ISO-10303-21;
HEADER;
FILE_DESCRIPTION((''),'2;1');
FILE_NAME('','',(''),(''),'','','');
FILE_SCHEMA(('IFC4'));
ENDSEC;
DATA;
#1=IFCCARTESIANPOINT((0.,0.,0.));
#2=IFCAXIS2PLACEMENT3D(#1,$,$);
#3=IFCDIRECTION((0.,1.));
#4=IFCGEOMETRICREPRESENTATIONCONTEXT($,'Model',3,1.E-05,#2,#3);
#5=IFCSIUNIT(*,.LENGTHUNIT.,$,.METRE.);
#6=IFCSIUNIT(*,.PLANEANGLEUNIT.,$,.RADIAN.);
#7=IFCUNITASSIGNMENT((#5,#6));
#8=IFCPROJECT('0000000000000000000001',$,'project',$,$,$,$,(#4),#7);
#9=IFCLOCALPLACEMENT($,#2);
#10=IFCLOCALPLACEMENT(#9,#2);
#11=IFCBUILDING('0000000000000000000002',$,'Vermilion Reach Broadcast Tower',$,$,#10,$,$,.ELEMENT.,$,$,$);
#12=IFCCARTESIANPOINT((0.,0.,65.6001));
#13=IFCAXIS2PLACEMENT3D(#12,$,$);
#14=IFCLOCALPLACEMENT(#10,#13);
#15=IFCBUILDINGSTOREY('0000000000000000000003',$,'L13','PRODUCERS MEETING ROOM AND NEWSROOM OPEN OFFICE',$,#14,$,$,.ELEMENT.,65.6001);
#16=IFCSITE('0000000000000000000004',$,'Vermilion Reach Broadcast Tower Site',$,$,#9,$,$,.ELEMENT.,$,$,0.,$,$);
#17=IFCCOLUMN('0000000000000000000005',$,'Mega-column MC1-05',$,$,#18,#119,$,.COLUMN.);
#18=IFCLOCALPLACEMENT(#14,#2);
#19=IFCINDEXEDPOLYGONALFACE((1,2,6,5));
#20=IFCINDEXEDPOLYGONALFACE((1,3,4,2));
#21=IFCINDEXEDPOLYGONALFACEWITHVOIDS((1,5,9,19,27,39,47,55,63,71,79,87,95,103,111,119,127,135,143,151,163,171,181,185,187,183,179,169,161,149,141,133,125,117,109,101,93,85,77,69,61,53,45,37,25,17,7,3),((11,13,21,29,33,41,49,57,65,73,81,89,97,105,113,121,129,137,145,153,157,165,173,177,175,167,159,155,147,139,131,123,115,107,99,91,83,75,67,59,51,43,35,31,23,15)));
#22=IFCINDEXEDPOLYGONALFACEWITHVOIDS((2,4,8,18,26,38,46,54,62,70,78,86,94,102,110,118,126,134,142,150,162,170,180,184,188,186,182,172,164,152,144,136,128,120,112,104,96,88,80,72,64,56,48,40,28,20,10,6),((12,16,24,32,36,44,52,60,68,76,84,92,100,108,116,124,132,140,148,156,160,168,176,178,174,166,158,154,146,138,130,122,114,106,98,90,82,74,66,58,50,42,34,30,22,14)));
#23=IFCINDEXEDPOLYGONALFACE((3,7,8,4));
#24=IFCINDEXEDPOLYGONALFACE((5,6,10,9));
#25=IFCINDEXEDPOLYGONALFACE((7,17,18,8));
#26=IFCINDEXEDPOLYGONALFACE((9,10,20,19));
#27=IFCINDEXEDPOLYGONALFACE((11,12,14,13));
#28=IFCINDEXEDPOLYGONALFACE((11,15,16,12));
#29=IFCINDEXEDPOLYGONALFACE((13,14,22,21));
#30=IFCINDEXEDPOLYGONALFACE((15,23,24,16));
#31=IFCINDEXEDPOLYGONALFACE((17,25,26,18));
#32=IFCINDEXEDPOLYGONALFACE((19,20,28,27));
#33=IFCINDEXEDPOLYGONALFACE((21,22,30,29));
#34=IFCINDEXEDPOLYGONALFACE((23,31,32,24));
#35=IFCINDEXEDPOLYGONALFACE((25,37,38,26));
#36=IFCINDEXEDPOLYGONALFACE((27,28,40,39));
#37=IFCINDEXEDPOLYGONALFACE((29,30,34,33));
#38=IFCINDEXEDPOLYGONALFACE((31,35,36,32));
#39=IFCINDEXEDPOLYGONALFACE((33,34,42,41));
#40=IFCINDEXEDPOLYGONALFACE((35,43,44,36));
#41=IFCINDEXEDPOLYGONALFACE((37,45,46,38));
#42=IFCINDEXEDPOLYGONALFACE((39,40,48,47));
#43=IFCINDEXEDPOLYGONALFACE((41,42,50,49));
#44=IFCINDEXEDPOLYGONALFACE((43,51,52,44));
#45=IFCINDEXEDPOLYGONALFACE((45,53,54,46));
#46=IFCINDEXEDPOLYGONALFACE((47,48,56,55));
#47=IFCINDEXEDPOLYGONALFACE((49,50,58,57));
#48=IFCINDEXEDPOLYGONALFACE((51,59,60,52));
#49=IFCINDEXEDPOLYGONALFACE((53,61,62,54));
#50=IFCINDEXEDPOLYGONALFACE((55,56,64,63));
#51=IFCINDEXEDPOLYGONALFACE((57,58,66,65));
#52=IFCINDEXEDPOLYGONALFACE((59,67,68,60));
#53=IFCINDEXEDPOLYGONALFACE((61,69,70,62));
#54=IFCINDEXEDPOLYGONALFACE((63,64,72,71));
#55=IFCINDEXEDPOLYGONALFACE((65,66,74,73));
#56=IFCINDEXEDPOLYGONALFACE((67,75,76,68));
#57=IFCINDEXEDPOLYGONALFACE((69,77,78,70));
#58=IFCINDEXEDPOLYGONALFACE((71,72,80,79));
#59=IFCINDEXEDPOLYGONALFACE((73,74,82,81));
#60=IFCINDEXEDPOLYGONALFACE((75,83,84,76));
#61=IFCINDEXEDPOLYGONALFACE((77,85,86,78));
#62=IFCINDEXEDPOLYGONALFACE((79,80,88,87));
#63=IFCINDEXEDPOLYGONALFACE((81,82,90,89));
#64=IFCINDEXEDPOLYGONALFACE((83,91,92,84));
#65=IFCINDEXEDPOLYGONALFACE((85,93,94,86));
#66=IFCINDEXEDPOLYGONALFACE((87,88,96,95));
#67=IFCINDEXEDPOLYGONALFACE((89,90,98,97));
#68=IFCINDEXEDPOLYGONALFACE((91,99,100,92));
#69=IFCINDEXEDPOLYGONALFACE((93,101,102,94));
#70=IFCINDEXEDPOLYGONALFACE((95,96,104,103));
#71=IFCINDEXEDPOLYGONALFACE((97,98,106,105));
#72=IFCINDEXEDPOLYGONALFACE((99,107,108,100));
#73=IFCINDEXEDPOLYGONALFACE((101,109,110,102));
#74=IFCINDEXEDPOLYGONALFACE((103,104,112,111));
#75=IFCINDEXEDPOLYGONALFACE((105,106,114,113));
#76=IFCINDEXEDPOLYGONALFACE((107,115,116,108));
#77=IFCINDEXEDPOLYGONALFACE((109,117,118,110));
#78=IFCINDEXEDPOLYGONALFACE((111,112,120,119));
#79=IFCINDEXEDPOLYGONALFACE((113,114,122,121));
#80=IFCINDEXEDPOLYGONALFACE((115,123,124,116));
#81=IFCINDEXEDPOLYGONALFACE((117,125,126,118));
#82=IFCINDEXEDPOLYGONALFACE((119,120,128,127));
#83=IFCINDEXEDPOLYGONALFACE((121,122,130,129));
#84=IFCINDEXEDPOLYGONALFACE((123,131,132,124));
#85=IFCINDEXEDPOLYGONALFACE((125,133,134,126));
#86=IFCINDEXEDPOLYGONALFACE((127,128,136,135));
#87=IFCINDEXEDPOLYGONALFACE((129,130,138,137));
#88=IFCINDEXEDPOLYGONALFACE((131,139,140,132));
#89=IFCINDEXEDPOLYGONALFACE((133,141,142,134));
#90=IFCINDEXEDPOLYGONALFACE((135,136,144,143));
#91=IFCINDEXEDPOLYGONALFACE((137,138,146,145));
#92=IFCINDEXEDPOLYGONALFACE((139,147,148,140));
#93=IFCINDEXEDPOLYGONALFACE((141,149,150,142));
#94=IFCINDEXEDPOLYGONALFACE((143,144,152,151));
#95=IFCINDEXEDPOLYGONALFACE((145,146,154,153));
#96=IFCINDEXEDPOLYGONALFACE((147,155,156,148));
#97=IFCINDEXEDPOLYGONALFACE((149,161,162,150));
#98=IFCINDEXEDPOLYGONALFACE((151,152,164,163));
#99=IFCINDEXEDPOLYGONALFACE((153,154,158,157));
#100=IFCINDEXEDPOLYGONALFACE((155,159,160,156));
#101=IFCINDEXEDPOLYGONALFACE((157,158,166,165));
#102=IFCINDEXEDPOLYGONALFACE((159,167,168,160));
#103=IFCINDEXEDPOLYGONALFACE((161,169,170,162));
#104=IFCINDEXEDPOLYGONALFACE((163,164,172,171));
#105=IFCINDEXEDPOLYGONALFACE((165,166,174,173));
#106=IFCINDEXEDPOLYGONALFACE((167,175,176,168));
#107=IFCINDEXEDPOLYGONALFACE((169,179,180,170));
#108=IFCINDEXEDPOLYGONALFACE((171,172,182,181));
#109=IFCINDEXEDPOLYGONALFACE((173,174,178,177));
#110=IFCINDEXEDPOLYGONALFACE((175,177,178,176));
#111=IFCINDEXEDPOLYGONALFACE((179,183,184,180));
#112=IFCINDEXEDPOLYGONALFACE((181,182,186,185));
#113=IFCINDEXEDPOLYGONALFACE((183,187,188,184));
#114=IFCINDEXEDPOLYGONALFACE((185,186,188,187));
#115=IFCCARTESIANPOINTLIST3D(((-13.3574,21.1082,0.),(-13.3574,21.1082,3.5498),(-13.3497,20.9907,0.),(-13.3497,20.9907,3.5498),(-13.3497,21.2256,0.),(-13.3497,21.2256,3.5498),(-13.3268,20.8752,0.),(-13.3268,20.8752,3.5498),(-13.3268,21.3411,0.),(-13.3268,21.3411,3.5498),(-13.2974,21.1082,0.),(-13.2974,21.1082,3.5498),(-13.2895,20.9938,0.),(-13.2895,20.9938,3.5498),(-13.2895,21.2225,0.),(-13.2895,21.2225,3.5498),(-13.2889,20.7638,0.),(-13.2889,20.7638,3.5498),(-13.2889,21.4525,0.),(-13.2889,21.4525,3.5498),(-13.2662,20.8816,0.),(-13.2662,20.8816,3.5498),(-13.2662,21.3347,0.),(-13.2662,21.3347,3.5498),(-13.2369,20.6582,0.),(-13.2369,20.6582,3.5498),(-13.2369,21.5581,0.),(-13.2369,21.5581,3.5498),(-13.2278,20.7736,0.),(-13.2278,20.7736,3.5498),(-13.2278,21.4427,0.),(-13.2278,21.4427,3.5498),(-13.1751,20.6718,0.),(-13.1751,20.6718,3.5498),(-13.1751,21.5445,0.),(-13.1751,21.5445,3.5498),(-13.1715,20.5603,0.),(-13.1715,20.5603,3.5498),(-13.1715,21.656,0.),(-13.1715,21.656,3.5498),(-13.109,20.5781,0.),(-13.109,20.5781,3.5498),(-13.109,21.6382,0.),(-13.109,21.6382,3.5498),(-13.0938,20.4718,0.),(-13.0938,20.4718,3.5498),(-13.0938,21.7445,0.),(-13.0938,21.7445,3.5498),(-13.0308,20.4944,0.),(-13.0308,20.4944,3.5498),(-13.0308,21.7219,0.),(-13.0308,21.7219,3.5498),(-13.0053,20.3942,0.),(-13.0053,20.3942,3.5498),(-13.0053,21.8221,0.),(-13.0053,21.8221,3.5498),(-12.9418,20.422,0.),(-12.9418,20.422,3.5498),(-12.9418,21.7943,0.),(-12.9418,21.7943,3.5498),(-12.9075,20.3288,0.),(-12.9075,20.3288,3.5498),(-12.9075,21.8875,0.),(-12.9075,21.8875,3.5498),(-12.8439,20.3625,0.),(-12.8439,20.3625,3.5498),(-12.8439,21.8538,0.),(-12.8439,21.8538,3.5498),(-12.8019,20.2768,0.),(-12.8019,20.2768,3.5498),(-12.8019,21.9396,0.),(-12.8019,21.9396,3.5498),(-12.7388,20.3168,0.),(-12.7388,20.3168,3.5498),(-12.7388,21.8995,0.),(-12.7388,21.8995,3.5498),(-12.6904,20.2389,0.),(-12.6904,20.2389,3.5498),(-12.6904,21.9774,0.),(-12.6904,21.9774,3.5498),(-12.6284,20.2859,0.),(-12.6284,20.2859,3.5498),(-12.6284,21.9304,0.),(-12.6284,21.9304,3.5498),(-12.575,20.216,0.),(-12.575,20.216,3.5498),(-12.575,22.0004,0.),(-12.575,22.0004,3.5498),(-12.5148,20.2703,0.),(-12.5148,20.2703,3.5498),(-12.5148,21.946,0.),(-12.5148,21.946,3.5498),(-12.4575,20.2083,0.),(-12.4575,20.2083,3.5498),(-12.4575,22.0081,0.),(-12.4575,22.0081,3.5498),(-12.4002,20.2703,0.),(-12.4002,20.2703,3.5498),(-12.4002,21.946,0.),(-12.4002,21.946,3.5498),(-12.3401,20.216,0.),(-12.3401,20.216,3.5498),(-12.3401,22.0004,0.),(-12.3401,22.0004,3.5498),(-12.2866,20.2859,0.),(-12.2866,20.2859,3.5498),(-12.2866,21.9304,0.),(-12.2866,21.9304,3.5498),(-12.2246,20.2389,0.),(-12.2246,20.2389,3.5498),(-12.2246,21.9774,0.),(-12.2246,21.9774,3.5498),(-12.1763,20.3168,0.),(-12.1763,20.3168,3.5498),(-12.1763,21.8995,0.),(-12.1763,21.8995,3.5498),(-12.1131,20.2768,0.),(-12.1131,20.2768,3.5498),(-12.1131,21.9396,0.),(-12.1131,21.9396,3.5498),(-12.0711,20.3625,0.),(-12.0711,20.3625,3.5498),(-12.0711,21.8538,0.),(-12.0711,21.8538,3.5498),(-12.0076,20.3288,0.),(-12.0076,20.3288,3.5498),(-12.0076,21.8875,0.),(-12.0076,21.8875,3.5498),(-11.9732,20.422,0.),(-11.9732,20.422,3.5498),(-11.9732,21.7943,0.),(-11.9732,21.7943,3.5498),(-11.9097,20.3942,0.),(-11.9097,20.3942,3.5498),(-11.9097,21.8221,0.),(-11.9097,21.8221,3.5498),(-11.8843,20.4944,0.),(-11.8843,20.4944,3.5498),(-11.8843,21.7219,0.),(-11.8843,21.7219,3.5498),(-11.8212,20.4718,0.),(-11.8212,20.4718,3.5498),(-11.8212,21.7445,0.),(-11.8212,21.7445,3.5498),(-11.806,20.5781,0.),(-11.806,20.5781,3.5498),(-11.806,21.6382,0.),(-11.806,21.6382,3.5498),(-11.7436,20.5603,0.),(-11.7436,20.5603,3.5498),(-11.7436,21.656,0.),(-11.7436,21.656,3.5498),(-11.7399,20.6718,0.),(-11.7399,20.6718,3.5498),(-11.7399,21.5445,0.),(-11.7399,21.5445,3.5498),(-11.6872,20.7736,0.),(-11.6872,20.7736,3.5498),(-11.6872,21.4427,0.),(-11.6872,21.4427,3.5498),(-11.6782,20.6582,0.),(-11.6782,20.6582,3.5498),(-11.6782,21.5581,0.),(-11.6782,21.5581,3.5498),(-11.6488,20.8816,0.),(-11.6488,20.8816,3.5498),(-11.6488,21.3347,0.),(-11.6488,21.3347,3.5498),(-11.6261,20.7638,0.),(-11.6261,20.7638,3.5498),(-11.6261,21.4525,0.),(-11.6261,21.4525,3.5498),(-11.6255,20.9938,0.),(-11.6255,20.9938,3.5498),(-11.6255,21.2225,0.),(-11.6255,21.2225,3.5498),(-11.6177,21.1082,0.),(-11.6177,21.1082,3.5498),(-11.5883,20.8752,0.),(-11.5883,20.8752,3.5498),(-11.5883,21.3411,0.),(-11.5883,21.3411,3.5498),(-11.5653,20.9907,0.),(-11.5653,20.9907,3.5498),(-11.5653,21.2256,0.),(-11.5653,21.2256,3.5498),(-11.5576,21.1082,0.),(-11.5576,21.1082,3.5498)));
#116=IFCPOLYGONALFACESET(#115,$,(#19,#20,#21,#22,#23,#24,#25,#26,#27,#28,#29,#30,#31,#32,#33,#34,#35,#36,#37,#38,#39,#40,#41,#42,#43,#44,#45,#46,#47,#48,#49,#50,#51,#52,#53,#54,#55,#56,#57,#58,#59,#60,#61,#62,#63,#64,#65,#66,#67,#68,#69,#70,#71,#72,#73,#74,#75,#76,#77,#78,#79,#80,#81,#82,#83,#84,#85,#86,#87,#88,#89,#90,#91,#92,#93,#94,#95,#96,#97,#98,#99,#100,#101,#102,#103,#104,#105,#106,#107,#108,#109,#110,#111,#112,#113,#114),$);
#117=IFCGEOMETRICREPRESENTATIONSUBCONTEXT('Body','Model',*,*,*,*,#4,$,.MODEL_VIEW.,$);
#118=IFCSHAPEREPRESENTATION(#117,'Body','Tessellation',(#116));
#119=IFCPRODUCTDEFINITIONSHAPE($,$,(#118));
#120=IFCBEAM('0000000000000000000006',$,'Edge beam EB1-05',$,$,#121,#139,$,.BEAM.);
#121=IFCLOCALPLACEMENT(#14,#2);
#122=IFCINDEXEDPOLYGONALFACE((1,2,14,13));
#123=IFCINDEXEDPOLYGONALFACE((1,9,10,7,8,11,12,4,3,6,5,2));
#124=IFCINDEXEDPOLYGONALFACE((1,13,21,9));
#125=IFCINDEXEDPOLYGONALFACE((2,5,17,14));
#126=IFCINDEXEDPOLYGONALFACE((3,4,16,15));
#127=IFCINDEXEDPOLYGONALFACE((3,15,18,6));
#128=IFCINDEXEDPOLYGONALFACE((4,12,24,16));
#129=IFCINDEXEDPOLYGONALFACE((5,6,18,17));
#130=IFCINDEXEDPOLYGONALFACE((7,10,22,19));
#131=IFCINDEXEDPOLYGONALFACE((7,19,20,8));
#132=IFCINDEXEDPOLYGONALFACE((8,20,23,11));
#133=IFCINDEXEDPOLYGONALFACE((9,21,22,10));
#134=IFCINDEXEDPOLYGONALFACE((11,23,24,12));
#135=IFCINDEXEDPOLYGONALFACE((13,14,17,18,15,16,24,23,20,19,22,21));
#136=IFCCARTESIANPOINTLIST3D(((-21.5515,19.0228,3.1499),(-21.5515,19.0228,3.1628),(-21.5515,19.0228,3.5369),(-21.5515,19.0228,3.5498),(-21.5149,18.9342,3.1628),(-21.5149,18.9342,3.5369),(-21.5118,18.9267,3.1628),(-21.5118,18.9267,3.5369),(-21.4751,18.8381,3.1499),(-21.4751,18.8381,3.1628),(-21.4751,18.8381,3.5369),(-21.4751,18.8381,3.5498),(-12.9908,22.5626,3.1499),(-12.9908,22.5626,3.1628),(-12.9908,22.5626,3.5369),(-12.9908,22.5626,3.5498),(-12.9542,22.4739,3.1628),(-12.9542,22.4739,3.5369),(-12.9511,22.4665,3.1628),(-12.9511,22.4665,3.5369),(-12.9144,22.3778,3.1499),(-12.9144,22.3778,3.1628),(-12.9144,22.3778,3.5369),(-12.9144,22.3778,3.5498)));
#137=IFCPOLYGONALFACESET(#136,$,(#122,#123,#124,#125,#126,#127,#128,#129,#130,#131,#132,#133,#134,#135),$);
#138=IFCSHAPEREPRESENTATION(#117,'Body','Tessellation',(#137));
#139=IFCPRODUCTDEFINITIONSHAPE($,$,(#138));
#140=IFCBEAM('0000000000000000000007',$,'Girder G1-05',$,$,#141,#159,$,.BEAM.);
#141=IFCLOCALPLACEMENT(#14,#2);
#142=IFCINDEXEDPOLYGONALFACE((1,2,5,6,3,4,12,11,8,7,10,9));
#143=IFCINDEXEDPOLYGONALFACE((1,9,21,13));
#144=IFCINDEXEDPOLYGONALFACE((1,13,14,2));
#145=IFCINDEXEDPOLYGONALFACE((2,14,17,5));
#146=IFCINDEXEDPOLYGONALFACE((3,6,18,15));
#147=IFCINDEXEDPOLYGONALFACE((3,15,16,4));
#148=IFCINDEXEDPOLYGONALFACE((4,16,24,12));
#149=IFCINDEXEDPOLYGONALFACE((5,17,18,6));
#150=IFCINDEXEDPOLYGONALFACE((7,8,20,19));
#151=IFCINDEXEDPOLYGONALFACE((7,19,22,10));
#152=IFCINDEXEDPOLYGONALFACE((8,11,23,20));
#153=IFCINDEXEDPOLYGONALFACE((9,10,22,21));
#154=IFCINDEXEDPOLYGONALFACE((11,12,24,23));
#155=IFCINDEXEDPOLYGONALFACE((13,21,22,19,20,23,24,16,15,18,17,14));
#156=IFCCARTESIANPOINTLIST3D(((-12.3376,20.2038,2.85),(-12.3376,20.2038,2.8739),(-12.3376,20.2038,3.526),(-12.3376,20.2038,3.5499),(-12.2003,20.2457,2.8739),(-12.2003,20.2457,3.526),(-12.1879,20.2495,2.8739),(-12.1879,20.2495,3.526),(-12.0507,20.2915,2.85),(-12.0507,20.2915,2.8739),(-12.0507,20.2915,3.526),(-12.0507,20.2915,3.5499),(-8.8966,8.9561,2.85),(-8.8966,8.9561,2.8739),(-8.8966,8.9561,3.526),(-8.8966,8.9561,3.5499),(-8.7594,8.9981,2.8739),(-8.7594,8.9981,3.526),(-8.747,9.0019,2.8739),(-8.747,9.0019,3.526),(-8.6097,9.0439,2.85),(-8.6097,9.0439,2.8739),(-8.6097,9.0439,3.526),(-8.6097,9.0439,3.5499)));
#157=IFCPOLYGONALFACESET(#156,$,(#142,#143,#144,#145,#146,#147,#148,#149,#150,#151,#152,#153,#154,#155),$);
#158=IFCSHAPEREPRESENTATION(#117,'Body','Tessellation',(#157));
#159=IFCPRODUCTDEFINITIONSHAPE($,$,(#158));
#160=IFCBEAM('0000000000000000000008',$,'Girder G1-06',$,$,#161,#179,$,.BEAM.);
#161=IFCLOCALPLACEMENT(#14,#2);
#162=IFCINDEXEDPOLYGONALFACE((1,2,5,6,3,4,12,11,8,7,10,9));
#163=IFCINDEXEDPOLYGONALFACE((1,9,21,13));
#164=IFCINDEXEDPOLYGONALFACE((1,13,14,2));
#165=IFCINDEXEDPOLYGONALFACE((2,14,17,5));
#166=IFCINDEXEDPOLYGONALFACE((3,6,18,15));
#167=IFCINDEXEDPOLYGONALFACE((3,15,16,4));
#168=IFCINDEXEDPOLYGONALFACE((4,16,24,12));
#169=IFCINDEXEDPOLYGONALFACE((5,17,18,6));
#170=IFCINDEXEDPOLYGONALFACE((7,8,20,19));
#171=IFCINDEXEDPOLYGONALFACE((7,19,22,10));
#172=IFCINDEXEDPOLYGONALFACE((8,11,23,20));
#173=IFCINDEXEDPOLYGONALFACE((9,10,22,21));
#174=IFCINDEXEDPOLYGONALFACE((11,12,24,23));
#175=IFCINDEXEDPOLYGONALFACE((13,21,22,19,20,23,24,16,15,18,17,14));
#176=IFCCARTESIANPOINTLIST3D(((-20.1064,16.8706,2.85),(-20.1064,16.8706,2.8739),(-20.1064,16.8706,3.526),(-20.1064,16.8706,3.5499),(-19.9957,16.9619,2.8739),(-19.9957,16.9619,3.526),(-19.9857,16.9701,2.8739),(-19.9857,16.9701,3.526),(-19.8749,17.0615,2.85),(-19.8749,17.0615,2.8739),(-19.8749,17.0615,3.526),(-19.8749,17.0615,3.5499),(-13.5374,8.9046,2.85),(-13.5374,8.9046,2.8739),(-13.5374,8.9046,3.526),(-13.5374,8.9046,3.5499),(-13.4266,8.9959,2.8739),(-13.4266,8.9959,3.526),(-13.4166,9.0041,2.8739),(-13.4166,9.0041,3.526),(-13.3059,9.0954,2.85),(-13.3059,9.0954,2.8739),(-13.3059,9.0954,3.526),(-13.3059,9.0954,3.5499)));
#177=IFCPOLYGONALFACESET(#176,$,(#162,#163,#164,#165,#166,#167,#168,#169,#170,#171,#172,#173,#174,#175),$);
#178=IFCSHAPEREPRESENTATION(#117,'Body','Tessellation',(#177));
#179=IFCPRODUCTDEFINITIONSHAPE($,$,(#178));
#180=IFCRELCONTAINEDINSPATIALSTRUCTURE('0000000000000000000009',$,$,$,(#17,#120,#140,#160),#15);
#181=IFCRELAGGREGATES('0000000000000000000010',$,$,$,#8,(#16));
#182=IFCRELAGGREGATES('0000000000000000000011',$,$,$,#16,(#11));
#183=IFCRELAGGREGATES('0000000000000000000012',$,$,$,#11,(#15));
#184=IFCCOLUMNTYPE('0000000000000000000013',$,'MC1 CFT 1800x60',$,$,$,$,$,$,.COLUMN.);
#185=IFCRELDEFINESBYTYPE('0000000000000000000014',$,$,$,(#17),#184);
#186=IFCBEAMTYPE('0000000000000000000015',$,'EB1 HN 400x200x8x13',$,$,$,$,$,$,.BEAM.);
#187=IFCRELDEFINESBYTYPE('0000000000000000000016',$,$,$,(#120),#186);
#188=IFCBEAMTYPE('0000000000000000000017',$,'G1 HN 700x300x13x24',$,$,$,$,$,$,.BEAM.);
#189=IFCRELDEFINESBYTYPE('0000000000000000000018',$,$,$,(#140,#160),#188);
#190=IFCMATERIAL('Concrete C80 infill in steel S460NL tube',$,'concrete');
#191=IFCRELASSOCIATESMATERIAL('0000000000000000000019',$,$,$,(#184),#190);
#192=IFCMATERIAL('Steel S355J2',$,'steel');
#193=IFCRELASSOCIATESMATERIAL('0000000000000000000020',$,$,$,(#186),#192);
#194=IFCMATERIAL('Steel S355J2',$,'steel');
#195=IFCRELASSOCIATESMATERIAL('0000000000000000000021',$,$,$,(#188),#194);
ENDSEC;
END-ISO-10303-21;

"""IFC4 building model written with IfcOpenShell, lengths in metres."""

from ifc_helpers import new_model, si_unit, direction, frame, origin, origin_2d, place, context, subcontext, project, spatial, hollow_circle, i_section, extrude, material, material_profile, profile_set, type_object, element, save


model = new_model("IFC4")

# Units and contexts
model_context = context("Model", 3, precision=1e-05, world=origin(), true_north=direction((0.0, 1.0)))
body_context = subcontext(model_context, "Body", "Model", "MODEL_VIEW")
ifc_project = project(units=[si_unit("LENGTHUNIT", "METRE"), si_unit("PLANEANGLEUNIT", "RADIAN")], contexts=[model_context])

# Site, building, storey
site_placement = place(None, origin())
site = spatial("IfcSite", under=ifc_project, at=site_placement, Name="Vermilion Reach Broadcast Tower Site", CompositionType="ELEMENT", RefElevation=0.0)
building_placement = place(site_placement, origin())
building = spatial("IfcBuilding", under=site, at=building_placement, Name="Vermilion Reach Broadcast Tower", CompositionType="ELEMENT")
storey_placement = place(building_placement, frame((0.0, 0.0, 65.6001)))
storey = spatial("IfcBuildingStorey", under=building, at=storey_placement, Name="L13", Description="PRODUCERS MEETING ROOM AND NEWSROOM OPEN OFFICE", CompositionType="ELEMENT", Elevation=65.6001)

# Column
ifc_material_1 = material(Name="Concrete C80 infill in steel S460NL tube", Category="concrete")
ifc_material_profile_1 = material_profile(ifc_material_1, hollow_circle(Radius=0.8999, WallThickness=0.0601, at=origin_2d()), Name="Concrete C80 infill in steel S460NL tube CFT 1800x60")
ifc_profile_set_1 = profile_set([ifc_material_profile_1], Name="Concrete C80 infill in steel S460NL tube")
column_type = type_object("IfcColumnType", Name="MC1 CFT 1800x60", PredefinedType="COLUMN", material=ifc_profile_set_1)
column_placement = place(storey_placement, frame((-12.4575, 21.1082, 0.0), z_axis=(0.0, 0.0, 1.0), x_axis=(1.0, 0.0, 0.0)))
element("IfcColumn", 1, at=column_placement, inside=storey, type_object=column_type, Name="Mega-column MC1-05", PredefinedType="COLUMN", context=body_context, shape_type="SweptSolid", body=[
    extrude(hollow_circle(Radius=0.8999, WallThickness=0.0601, at=origin_2d()), origin(), (0.0, 0.0, 1.0), 3.5498),
])

# Beams
ifc_material_2 = material(Name="Steel S355J2", Category="steel")
ifc_material_profile_2 = material_profile(ifc_material_2, i_section(OverallWidth=0.2, OverallDepth=0.3999, WebThickness=0.0081, FlangeThickness=0.0129, at=origin_2d()), Name="S355J2 HN 400x200x8x13")
ifc_profile_set_2 = profile_set([ifc_material_profile_2], Name="Steel S355J2")
beam_type_1 = type_object("IfcBeamType", Name="EB1 HN 400x200x8x13", PredefinedType="BEAM", material=ifc_profile_set_2)
beam_1_placement = place(storey_placement, frame((-12.9526, 22.4702, 3.3499), z_axis=(-0.924116, -0.382112, 0.0), x_axis=(0.382112, -0.924116, 0.0)))
element("IfcBeam", 2, at=beam_1_placement, inside=storey, type_object=beam_type_1, Name="Edge beam EB1-05", PredefinedType="BEAM", context=body_context, shape_type="SweptSolid", body=[
    extrude(i_section(OverallWidth=0.2, OverallDepth=0.3999, WebThickness=0.0081, FlangeThickness=0.0129, at=origin_2d()), origin(), (0.0, 0.0, 1.0), 9.2637),
])
ifc_material_3 = material(Name="Steel S355J2", Category="steel")
ifc_material_profile_3 = material_profile(ifc_material_3, i_section(OverallWidth=0.3, OverallDepth=0.7, WebThickness=0.0129, FlangeThickness=0.0239, at=origin_2d()), Name="S355J2 HN 700x300x13x24")
ifc_profile_set_3 = profile_set([ifc_material_profile_3], Name="Steel S355J2")
beam_type_2 = type_object("IfcBeamType", Name="G1 HN 700x300x13x24", PredefinedType="BEAM", material=ifc_profile_set_3)
beam_2_placement = place(storey_placement, frame((-8.7532, 9.0, 3.2), z_axis=(-0.292542, 0.956253, 0.0), x_axis=(-0.956253, -0.292542, 0.0)))
element("IfcBeam", 3, at=beam_2_placement, inside=storey, type_object=beam_type_2, Name="Girder G1-05", PredefinedType="BEAM", context=body_context, shape_type="SweptSolid", body=[
    extrude(i_section(OverallWidth=0.3, OverallDepth=0.7, WebThickness=0.0129, FlangeThickness=0.0239, at=origin_2d()), origin(), (0.0, 0.0, 1.0), 11.7622),
])
beam_3_placement = place(storey_placement, frame((-13.4216, 9.0, 3.2), z_axis=(-0.636215, 0.771512, 0.0), x_axis=(-0.771512, -0.636215, 0.0)))
element("IfcBeam", 4, at=beam_3_placement, inside=storey, type_object=beam_type_2, Name="Girder G1-06", PredefinedType="BEAM", context=body_context, shape_type="SweptSolid", body=[
    extrude(i_section(OverallWidth=0.3, OverallDepth=0.7, WebThickness=0.0129, FlangeThickness=0.0239, at=origin_2d()), origin(), (0.0, 0.0, 1.0), 10.3252),
])

save(model, "model.ifc")
